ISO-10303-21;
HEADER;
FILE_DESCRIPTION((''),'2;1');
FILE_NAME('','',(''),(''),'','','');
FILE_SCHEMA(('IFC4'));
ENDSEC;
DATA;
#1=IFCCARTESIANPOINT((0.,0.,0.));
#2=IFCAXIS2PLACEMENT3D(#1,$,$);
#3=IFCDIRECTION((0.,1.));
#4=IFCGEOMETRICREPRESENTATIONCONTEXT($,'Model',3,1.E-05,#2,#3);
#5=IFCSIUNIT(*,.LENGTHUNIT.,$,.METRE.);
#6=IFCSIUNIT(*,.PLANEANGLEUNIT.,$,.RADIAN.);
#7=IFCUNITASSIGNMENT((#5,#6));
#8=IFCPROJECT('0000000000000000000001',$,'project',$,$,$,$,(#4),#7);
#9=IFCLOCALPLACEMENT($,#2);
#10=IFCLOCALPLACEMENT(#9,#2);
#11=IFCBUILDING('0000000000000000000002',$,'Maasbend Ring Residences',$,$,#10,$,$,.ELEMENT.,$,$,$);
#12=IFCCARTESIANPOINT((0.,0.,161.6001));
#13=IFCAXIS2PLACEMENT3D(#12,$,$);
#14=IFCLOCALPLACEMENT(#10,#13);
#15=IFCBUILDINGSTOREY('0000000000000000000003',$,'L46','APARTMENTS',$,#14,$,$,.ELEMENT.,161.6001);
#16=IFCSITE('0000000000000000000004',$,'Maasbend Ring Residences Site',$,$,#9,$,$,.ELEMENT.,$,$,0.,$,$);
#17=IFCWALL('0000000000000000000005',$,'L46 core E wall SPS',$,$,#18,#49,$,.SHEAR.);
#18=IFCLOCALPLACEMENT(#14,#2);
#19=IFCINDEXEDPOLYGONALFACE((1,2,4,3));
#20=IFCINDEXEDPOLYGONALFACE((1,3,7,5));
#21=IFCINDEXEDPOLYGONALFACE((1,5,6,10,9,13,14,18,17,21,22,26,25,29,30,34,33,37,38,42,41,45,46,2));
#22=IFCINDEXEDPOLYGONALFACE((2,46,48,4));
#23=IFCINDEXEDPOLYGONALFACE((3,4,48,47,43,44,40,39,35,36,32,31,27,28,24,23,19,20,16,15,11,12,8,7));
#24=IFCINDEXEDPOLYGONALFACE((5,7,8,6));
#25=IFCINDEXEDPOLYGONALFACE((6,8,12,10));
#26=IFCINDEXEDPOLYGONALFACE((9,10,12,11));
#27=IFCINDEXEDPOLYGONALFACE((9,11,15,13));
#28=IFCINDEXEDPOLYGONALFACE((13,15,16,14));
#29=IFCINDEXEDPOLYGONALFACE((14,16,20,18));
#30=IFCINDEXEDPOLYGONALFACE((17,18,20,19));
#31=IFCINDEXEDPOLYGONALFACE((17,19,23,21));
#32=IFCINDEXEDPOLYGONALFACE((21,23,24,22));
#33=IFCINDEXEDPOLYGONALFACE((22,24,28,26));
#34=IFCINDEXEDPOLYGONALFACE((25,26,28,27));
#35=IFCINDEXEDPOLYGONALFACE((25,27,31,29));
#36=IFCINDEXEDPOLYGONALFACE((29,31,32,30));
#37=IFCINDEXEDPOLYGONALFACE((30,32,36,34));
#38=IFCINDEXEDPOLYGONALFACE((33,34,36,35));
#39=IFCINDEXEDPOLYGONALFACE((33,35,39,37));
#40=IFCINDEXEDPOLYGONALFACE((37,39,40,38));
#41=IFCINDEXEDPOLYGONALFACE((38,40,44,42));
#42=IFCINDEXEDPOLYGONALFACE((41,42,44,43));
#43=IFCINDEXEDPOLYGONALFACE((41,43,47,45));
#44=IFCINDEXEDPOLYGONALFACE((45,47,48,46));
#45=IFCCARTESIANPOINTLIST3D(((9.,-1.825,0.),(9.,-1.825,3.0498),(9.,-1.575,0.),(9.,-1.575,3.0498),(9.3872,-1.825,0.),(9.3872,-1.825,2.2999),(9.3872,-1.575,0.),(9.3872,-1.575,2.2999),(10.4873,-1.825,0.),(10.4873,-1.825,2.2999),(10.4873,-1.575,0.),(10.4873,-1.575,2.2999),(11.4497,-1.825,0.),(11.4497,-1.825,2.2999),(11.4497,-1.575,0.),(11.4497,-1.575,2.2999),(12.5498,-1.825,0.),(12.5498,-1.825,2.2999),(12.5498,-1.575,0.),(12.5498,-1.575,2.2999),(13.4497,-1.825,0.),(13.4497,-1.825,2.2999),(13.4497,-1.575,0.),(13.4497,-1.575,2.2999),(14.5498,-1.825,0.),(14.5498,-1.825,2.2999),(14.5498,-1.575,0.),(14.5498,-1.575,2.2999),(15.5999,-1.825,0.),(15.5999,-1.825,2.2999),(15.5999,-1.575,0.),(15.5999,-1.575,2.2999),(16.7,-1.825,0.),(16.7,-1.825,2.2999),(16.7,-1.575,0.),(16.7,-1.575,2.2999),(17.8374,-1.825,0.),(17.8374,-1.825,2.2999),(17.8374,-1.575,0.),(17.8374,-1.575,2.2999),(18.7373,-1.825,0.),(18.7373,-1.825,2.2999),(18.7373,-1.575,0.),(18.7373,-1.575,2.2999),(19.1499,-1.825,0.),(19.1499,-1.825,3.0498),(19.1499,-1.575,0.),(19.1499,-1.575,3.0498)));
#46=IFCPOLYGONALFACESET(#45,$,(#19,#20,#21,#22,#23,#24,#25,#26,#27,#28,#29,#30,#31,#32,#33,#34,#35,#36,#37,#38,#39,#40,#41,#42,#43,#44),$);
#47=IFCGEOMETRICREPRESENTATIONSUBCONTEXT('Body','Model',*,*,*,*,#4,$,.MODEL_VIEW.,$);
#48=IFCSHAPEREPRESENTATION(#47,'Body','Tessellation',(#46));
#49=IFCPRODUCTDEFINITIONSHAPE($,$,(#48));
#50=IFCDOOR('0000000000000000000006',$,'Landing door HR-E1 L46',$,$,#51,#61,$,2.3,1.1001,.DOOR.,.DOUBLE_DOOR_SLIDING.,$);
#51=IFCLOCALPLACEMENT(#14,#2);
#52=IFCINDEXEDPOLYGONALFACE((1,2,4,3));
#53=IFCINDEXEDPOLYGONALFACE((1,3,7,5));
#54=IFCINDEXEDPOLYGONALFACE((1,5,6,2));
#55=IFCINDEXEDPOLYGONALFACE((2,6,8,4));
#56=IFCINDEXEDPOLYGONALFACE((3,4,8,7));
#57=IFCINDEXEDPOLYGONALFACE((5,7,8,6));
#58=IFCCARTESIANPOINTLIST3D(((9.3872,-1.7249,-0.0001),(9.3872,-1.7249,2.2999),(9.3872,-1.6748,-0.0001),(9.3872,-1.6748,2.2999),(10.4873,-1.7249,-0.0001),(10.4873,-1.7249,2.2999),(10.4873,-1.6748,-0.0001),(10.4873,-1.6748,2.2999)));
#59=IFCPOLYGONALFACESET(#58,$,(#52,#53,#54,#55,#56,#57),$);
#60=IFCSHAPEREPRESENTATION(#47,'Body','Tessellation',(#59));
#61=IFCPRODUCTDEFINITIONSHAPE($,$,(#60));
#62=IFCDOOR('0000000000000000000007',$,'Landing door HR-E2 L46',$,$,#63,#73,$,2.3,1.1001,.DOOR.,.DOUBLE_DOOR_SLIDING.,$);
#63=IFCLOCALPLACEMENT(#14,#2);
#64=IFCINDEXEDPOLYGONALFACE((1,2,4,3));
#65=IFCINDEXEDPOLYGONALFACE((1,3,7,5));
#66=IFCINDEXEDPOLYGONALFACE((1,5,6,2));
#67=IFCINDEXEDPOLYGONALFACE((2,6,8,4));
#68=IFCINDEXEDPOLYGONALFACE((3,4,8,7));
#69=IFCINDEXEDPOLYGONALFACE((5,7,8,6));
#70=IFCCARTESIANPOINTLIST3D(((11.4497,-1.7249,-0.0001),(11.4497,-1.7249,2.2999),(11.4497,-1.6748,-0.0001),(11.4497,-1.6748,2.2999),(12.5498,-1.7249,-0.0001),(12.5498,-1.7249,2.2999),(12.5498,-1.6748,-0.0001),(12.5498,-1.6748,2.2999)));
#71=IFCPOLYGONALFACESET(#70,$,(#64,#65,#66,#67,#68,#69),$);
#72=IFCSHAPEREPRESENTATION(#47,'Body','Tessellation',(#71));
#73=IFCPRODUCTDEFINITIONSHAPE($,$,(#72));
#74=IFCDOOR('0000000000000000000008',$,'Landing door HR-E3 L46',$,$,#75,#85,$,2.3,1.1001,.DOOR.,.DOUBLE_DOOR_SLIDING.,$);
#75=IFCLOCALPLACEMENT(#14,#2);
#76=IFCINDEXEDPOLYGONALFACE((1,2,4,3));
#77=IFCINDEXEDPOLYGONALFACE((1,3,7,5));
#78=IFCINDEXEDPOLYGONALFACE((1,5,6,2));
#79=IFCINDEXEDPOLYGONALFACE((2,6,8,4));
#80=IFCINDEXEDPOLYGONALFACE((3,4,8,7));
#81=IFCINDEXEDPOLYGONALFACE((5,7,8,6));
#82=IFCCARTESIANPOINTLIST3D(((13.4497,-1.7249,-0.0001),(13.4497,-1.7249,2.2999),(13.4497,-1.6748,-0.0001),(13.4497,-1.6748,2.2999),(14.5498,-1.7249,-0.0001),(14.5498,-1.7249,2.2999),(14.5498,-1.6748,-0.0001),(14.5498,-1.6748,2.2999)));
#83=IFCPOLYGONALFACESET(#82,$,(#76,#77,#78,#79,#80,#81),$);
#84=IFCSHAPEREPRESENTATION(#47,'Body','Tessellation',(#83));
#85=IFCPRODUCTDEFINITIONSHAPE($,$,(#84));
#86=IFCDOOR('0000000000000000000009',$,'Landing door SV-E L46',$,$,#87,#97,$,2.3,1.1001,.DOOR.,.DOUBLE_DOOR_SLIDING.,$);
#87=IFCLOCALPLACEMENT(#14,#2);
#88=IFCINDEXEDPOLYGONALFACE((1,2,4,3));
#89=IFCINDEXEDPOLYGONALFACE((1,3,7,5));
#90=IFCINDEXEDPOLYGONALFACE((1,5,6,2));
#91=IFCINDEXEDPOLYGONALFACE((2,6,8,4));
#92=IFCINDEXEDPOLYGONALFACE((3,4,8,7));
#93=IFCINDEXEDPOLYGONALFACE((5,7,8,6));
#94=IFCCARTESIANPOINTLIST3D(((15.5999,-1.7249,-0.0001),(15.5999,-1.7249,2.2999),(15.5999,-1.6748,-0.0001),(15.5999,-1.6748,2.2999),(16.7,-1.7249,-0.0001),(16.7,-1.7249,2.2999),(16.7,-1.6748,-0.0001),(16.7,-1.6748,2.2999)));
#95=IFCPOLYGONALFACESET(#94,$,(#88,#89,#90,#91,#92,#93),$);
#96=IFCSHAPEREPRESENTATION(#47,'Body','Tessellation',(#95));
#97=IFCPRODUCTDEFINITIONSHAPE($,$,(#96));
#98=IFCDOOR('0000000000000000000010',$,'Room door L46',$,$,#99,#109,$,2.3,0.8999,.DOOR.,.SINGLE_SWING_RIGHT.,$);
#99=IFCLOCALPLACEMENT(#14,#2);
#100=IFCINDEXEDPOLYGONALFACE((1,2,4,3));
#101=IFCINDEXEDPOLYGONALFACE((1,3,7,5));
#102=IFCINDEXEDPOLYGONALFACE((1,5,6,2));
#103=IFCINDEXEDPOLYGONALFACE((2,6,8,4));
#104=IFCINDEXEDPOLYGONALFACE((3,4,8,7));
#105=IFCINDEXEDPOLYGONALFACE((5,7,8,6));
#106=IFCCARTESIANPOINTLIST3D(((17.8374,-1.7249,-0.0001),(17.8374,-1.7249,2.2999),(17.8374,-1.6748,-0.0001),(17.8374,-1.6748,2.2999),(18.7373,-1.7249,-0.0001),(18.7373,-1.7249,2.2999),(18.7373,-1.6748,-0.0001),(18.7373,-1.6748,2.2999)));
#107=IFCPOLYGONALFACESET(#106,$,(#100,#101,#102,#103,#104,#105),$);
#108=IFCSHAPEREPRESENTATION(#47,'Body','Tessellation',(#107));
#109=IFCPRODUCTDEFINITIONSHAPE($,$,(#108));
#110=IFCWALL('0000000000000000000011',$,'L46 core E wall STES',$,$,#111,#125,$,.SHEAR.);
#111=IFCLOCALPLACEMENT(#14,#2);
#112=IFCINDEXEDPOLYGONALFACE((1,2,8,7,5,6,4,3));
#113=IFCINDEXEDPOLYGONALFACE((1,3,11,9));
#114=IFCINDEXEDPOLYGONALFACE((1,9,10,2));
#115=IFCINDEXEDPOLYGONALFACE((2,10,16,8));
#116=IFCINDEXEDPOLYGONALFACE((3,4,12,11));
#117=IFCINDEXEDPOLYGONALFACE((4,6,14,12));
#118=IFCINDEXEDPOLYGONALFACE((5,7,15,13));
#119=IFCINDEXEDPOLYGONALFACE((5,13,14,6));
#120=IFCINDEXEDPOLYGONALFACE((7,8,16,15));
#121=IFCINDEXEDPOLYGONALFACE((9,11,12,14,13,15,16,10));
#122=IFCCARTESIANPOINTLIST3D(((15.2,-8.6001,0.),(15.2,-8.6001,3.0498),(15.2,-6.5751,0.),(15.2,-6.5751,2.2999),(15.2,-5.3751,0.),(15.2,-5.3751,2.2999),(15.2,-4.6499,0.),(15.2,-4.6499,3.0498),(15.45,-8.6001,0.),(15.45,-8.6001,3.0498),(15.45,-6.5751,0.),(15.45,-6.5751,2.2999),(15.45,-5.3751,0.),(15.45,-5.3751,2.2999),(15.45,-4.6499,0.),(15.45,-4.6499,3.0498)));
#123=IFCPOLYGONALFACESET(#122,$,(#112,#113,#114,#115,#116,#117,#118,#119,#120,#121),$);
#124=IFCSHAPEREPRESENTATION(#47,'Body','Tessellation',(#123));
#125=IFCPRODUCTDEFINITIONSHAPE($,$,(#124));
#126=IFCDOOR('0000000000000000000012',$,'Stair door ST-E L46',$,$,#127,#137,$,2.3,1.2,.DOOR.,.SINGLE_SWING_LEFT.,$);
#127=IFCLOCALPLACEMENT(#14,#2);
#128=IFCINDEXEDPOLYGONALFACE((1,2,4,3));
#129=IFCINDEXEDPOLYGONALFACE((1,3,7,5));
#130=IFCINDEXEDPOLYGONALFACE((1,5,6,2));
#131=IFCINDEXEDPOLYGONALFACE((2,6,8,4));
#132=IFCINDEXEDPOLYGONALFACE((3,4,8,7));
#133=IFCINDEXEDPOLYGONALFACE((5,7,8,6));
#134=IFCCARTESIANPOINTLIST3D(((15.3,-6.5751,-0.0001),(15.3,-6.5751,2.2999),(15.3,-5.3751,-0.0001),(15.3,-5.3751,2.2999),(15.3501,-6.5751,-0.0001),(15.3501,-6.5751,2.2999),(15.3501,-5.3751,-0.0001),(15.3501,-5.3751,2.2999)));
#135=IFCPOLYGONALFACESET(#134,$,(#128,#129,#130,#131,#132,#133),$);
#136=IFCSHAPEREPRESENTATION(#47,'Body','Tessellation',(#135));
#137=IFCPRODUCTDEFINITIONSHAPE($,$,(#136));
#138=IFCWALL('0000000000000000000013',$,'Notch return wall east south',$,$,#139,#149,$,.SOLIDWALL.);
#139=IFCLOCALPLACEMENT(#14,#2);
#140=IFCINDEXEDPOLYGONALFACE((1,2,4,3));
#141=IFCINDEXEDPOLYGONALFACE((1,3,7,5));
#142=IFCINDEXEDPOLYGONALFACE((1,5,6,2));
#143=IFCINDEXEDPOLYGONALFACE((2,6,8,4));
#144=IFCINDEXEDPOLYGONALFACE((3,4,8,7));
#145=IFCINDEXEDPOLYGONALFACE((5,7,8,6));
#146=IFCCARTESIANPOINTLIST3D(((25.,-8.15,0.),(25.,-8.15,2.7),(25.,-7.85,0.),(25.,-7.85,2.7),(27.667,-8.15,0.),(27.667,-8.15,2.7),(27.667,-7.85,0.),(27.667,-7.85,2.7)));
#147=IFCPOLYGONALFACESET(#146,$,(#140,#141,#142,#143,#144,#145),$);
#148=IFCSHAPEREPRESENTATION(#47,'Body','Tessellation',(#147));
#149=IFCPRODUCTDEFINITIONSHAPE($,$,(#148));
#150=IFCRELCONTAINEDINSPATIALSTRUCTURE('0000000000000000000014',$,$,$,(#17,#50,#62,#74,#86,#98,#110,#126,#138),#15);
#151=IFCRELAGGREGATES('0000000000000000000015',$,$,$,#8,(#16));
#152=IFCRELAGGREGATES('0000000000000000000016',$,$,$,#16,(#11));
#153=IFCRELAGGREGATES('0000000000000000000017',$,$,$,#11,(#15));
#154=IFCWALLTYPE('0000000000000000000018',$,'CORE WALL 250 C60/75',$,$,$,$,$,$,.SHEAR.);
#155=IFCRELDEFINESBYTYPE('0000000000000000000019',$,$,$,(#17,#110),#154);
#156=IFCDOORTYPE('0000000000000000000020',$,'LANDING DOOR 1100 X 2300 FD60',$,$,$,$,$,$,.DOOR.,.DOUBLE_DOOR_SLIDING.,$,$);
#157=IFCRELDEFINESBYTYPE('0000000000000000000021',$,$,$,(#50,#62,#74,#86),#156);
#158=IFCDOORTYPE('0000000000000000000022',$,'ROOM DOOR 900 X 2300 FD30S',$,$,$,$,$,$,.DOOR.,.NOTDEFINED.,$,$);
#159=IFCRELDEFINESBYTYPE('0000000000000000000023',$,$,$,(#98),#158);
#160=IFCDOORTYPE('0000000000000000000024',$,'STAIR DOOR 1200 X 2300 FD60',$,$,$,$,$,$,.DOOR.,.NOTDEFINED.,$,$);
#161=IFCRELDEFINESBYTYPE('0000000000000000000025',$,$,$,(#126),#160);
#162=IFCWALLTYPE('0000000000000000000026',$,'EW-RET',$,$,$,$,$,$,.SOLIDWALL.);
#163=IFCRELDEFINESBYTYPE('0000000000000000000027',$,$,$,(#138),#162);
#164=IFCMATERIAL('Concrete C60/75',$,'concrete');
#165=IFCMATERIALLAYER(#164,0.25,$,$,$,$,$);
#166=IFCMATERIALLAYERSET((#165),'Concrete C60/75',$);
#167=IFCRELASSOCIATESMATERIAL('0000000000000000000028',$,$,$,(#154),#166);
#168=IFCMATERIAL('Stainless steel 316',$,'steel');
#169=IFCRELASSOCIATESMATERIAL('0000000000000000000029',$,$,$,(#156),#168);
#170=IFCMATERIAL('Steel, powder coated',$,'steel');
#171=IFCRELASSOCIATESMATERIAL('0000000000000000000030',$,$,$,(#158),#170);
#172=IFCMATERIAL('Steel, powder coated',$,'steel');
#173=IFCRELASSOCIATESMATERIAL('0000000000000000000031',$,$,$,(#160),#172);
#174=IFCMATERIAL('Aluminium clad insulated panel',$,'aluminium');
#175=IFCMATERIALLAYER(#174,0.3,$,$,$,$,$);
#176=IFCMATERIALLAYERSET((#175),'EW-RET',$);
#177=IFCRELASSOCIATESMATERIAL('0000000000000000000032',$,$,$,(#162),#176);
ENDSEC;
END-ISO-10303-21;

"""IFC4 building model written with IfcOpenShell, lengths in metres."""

from ifc_helpers import new_model, si_unit, direction, frame, frame_2d, origin, place, context, subcontext, project, spatial, rectangle, extrude, material, layer, layer_set, type_object, element, fill, save


model = new_model("IFC4")

# Units and contexts
model_context = context("Model", 3, precision=1e-05, world=origin(), true_north=direction((0.0, 1.0)))
body_context = subcontext(model_context, "Body", "Model", "MODEL_VIEW")
ifc_project = project(units=[si_unit("LENGTHUNIT", "METRE"), si_unit("PLANEANGLEUNIT", "RADIAN")], contexts=[model_context])

# Site, building, storey
site_placement = place(None, origin())
site = spatial("IfcSite", under=ifc_project, at=site_placement, Name="Maasbend Ring Residences Site", CompositionType="ELEMENT", RefElevation=0.0)
building_placement = place(site_placement, origin())
building = spatial("IfcBuilding", under=site, at=building_placement, Name="Maasbend Ring Residences", CompositionType="ELEMENT")
storey_placement = place(building_placement, frame((0.0, 0.0, 161.6001)))
storey = spatial("IfcBuildingStorey", under=building, at=storey_placement, Name="L46", Description="APARTMENTS", CompositionType="ELEMENT", Elevation=161.6001)

# Wall, openings, doors
ifc_material_1 = material(Name="Concrete C60/75", Category="concrete")
ifc_layer_1 = layer(ifc_material_1, 0.25)
ifc_layer_set_1 = layer_set([ifc_layer_1], Name="Concrete C60/75")
wall_type_1 = type_object("IfcWallType", Name="CORE WALL 250 C60/75", PredefinedType="SHEAR", material=ifc_layer_set_1)
wall_1_placement = place(storey_placement, frame((19.1499, -1.7, 0.0), z_axis=(0.0, 0.0, 1.0), x_axis=(-1.0, 0.0, 0.0)))
wall_1 = element("IfcWall", 1, at=wall_1_placement, inside=storey, type_object=wall_type_1, Name="L46 core E wall SPS", PredefinedType="SHEAR", context=body_context, shape_type="SweptSolid", body=[
    extrude(rectangle(XDim=10.1499, YDim=0.25, at=frame_2d((5.075, 0.0))), origin(), (0.0, 0.0, 1.0), 3.0498),
])
opening_1_placement = place(wall_1_placement, frame((8.6626, 0.0, 0.0)))
opening_1 = element("IfcOpeningElement", 2, at=opening_1_placement, cuts=wall_1, PredefinedType="OPENING", context=body_context, shape_type="SweptSolid", body=[
    extrude(rectangle(XDim=1.1001, YDim=2.3, at=frame_2d((0.55, 1.1499))), frame((0.0, 0.135, 0.0), z_axis=(0.0, -1.0, 0.0), x_axis=(1.0, 0.0, 0.0)), (0.0, 0.0, 1.0), 0.27),
])
opening_2_placement = place(wall_1_placement, frame((6.6001, 0.0, 0.0)))
opening_2 = element("IfcOpeningElement", 3, at=opening_2_placement, cuts=wall_1, PredefinedType="OPENING", context=body_context, shape_type="SweptSolid", body=[
    extrude(rectangle(XDim=1.1001, YDim=2.3, at=frame_2d((0.55, 1.1499))), frame((0.0, 0.135, 0.0), z_axis=(0.0, -1.0, 0.0), x_axis=(1.0, 0.0, 0.0)), (0.0, 0.0, 1.0), 0.27),
])
opening_3_placement = place(wall_1_placement, frame((4.6001, 0.0, 0.0)))
opening_3 = element("IfcOpeningElement", 4, at=opening_3_placement, cuts=wall_1, PredefinedType="OPENING", context=body_context, shape_type="SweptSolid", body=[
    extrude(rectangle(XDim=1.1001, YDim=2.3, at=frame_2d((0.55, 1.1499))), frame((0.0, 0.135, 0.0), z_axis=(0.0, -1.0, 0.0), x_axis=(1.0, 0.0, 0.0)), (0.0, 0.0, 1.0), 0.27),
])
opening_4_placement = place(wall_1_placement, frame((2.45, 0.0, 0.0)))
opening_4 = element("IfcOpeningElement", 5, at=opening_4_placement, cuts=wall_1, PredefinedType="OPENING", context=body_context, shape_type="SweptSolid", body=[
    extrude(rectangle(XDim=1.1001, YDim=2.3, at=frame_2d((0.55, 1.1499))), frame((0.0, 0.135, 0.0), z_axis=(0.0, -1.0, 0.0), x_axis=(1.0, 0.0, 0.0)), (0.0, 0.0, 1.0), 0.27),
])
opening_5_placement = place(wall_1_placement, frame((0.4126, 0.0, 0.0)))
opening_5 = element("IfcOpeningElement", 6, at=opening_5_placement, cuts=wall_1, PredefinedType="OPENING", context=body_context, shape_type="SweptSolid", body=[
    extrude(rectangle(XDim=0.8999, YDim=2.3, at=frame_2d((0.45, 1.1499))), frame((0.0, 0.135, 0.0), z_axis=(0.0, -1.0, 0.0), x_axis=(1.0, 0.0, 0.0)), (0.0, 0.0, 1.0), 0.27),
])
ifc_material_2 = material(Name="Stainless steel 316", Category="steel")
door_type_1 = type_object("IfcDoorType", Name="LANDING DOOR 1100 X 2300 FD60", OperationType="DOUBLE_DOOR_SLIDING", PredefinedType="DOOR", material=ifc_material_2)
door_1_placement = place(opening_1_placement, origin())
door_1 = element("IfcDoor", 7, at=door_1_placement, inside=storey, type_object=door_type_1, Name="Landing door HR-E1 L46", OperationType="DOUBLE_DOOR_SLIDING", OverallHeight=2.3, OverallWidth=1.1001, PredefinedType="DOOR", context=body_context, shape_type="SweptSolid", body=[
    extrude(rectangle(XDim=1.1001, YDim=2.3, at=frame_2d((0.55, 1.1499))), frame((0.0, 0.0249, 0.0), z_axis=(0.0, -1.0, 0.0), x_axis=(1.0, 0.0, 0.0)), (0.0, 0.0, 1.0), 0.05),
])
fill(opening_1, door_1)
door_2_placement = place(opening_2_placement, origin())
door_2 = element("IfcDoor", 8, at=door_2_placement, inside=storey, type_object=door_type_1, Name="Landing door HR-E2 L46", OperationType="DOUBLE_DOOR_SLIDING", OverallHeight=2.3, OverallWidth=1.1001, PredefinedType="DOOR", context=body_context, shape_type="SweptSolid", body=[
    extrude(rectangle(XDim=1.1001, YDim=2.3, at=frame_2d((0.55, 1.1499))), frame((0.0, 0.0249, 0.0), z_axis=(0.0, -1.0, 0.0), x_axis=(1.0, 0.0, 0.0)), (0.0, 0.0, 1.0), 0.05),
])
fill(opening_2, door_2)
door_3_placement = place(opening_3_placement, origin())
door_3 = element("IfcDoor", 9, at=door_3_placement, inside=storey, type_object=door_type_1, Name="Landing door HR-E3 L46", OperationType="DOUBLE_DOOR_SLIDING", OverallHeight=2.3, OverallWidth=1.1001, PredefinedType="DOOR", context=body_context, shape_type="SweptSolid", body=[
    extrude(rectangle(XDim=1.1001, YDim=2.3, at=frame_2d((0.55, 1.1499))), frame((0.0, 0.0249, 0.0), z_axis=(0.0, -1.0, 0.0), x_axis=(1.0, 0.0, 0.0)), (0.0, 0.0, 1.0), 0.05),
])
fill(opening_3, door_3)
door_4_placement = place(opening_4_placement, origin())
door_4 = element("IfcDoor", 10, at=door_4_placement, inside=storey, type_object=door_type_1, Name="Landing door SV-E L46", OperationType="DOUBLE_DOOR_SLIDING", OverallHeight=2.3, OverallWidth=1.1001, PredefinedType="DOOR", context=body_context, shape_type="SweptSolid", body=[
    extrude(rectangle(XDim=1.1001, YDim=2.3, at=frame_2d((0.55, 1.1499))), frame((0.0, 0.0249, 0.0), z_axis=(0.0, -1.0, 0.0), x_axis=(1.0, 0.0, 0.0)), (0.0, 0.0, 1.0), 0.05),
])
fill(opening_4, door_4)
ifc_material_3 = material(Name="Steel, powder coated", Category="steel")
door_type_2 = type_object("IfcDoorType", Name="ROOM DOOR 900 X 2300 FD30S", OperationType="NOTDEFINED", PredefinedType="DOOR", material=ifc_material_3)
door_5_placement = place(opening_5_placement, origin())
door_5 = element("IfcDoor", 11, at=door_5_placement, inside=storey, type_object=door_type_2, Name="Room door L46", OperationType="SINGLE_SWING_RIGHT", OverallHeight=2.3, OverallWidth=0.8999, PredefinedType="DOOR", context=body_context, shape_type="SweptSolid", body=[
    extrude(rectangle(XDim=0.8999, YDim=2.3, at=frame_2d((0.45, 1.1499))), frame((0.0, 0.0249, 0.0), z_axis=(0.0, -1.0, 0.0), x_axis=(1.0, 0.0, 0.0)), (0.0, 0.0, 1.0), 0.05),
])
fill(opening_5, door_5)

# Wall, opening, door
wall_2_placement = place(storey_placement, frame((15.325, -8.6001, 0.0), z_axis=(0.0, 0.0, 1.0), x_axis=(0.0, 1.0, 0.0)))
wall_2 = element("IfcWall", 12, at=wall_2_placement, inside=storey, type_object=wall_type_1, Name="L46 core E wall STES", PredefinedType="SHEAR", context=body_context, shape_type="SweptSolid", body=[
    extrude(rectangle(XDim=3.9502, YDim=0.25, at=frame_2d((1.9751, 0.0))), origin(), (0.0, 0.0, 1.0), 3.0498),
])
opening_6_placement = place(wall_2_placement, frame((2.0249, 0.0, 0.0)))
opening_6 = element("IfcOpeningElement", 13, at=opening_6_placement, cuts=wall_2, PredefinedType="OPENING", context=body_context, shape_type="SweptSolid", body=[
    extrude(rectangle(XDim=1.2, YDim=2.3, at=frame_2d((0.6001, 1.1499))), frame((0.0, 0.135, 0.0), z_axis=(0.0, -1.0, 0.0), x_axis=(1.0, 0.0, 0.0)), (0.0, 0.0, 1.0), 0.27),
])
ifc_material_4 = material(Name="Steel, powder coated", Category="steel")
door_type_3 = type_object("IfcDoorType", Name="STAIR DOOR 1200 X 2300 FD60", OperationType="NOTDEFINED", PredefinedType="DOOR", material=ifc_material_4)
door_6_placement = place(opening_6_placement, origin())
door_6 = element("IfcDoor", 14, at=door_6_placement, inside=storey, type_object=door_type_3, Name="Stair door ST-E L46", OperationType="SINGLE_SWING_LEFT", OverallHeight=2.3, OverallWidth=1.2, PredefinedType="DOOR", context=body_context, shape_type="SweptSolid", body=[
    extrude(rectangle(XDim=1.2, YDim=2.3, at=frame_2d((0.6001, 1.1499))), frame((0.0, 0.0249, 0.0), z_axis=(0.0, -1.0, 0.0), x_axis=(1.0, 0.0, 0.0)), (0.0, 0.0, 1.0), 0.05),
])
fill(opening_6, door_6)

# Wall
ifc_material_5 = material(Name="Aluminium clad insulated panel", Category="aluminium")
ifc_layer_2 = layer(ifc_material_5, 0.3)
ifc_layer_set_2 = layer_set([ifc_layer_2], Name="EW-RET")
wall_type_2 = type_object("IfcWallType", Name="EW-RET", PredefinedType="SOLIDWALL", material=ifc_layer_set_2)
wall_3_placement = place(storey_placement, frame((25.0, -8.0, 0.0), z_axis=(0.0, 0.0, 1.0), x_axis=(1.0, 0.0, 0.0)))
element("IfcWall", 15, at=wall_3_placement, inside=storey, type_object=wall_type_2, Name="Notch return wall east south", PredefinedType="SOLIDWALL", context=body_context, shape_type="SweptSolid", body=[
    extrude(rectangle(XDim=2.667, YDim=0.3, at=frame_2d((1.3335, 0.0))), origin(), (0.0, 0.0, 1.0), 2.7),
])

save(model, "model.ifc")
